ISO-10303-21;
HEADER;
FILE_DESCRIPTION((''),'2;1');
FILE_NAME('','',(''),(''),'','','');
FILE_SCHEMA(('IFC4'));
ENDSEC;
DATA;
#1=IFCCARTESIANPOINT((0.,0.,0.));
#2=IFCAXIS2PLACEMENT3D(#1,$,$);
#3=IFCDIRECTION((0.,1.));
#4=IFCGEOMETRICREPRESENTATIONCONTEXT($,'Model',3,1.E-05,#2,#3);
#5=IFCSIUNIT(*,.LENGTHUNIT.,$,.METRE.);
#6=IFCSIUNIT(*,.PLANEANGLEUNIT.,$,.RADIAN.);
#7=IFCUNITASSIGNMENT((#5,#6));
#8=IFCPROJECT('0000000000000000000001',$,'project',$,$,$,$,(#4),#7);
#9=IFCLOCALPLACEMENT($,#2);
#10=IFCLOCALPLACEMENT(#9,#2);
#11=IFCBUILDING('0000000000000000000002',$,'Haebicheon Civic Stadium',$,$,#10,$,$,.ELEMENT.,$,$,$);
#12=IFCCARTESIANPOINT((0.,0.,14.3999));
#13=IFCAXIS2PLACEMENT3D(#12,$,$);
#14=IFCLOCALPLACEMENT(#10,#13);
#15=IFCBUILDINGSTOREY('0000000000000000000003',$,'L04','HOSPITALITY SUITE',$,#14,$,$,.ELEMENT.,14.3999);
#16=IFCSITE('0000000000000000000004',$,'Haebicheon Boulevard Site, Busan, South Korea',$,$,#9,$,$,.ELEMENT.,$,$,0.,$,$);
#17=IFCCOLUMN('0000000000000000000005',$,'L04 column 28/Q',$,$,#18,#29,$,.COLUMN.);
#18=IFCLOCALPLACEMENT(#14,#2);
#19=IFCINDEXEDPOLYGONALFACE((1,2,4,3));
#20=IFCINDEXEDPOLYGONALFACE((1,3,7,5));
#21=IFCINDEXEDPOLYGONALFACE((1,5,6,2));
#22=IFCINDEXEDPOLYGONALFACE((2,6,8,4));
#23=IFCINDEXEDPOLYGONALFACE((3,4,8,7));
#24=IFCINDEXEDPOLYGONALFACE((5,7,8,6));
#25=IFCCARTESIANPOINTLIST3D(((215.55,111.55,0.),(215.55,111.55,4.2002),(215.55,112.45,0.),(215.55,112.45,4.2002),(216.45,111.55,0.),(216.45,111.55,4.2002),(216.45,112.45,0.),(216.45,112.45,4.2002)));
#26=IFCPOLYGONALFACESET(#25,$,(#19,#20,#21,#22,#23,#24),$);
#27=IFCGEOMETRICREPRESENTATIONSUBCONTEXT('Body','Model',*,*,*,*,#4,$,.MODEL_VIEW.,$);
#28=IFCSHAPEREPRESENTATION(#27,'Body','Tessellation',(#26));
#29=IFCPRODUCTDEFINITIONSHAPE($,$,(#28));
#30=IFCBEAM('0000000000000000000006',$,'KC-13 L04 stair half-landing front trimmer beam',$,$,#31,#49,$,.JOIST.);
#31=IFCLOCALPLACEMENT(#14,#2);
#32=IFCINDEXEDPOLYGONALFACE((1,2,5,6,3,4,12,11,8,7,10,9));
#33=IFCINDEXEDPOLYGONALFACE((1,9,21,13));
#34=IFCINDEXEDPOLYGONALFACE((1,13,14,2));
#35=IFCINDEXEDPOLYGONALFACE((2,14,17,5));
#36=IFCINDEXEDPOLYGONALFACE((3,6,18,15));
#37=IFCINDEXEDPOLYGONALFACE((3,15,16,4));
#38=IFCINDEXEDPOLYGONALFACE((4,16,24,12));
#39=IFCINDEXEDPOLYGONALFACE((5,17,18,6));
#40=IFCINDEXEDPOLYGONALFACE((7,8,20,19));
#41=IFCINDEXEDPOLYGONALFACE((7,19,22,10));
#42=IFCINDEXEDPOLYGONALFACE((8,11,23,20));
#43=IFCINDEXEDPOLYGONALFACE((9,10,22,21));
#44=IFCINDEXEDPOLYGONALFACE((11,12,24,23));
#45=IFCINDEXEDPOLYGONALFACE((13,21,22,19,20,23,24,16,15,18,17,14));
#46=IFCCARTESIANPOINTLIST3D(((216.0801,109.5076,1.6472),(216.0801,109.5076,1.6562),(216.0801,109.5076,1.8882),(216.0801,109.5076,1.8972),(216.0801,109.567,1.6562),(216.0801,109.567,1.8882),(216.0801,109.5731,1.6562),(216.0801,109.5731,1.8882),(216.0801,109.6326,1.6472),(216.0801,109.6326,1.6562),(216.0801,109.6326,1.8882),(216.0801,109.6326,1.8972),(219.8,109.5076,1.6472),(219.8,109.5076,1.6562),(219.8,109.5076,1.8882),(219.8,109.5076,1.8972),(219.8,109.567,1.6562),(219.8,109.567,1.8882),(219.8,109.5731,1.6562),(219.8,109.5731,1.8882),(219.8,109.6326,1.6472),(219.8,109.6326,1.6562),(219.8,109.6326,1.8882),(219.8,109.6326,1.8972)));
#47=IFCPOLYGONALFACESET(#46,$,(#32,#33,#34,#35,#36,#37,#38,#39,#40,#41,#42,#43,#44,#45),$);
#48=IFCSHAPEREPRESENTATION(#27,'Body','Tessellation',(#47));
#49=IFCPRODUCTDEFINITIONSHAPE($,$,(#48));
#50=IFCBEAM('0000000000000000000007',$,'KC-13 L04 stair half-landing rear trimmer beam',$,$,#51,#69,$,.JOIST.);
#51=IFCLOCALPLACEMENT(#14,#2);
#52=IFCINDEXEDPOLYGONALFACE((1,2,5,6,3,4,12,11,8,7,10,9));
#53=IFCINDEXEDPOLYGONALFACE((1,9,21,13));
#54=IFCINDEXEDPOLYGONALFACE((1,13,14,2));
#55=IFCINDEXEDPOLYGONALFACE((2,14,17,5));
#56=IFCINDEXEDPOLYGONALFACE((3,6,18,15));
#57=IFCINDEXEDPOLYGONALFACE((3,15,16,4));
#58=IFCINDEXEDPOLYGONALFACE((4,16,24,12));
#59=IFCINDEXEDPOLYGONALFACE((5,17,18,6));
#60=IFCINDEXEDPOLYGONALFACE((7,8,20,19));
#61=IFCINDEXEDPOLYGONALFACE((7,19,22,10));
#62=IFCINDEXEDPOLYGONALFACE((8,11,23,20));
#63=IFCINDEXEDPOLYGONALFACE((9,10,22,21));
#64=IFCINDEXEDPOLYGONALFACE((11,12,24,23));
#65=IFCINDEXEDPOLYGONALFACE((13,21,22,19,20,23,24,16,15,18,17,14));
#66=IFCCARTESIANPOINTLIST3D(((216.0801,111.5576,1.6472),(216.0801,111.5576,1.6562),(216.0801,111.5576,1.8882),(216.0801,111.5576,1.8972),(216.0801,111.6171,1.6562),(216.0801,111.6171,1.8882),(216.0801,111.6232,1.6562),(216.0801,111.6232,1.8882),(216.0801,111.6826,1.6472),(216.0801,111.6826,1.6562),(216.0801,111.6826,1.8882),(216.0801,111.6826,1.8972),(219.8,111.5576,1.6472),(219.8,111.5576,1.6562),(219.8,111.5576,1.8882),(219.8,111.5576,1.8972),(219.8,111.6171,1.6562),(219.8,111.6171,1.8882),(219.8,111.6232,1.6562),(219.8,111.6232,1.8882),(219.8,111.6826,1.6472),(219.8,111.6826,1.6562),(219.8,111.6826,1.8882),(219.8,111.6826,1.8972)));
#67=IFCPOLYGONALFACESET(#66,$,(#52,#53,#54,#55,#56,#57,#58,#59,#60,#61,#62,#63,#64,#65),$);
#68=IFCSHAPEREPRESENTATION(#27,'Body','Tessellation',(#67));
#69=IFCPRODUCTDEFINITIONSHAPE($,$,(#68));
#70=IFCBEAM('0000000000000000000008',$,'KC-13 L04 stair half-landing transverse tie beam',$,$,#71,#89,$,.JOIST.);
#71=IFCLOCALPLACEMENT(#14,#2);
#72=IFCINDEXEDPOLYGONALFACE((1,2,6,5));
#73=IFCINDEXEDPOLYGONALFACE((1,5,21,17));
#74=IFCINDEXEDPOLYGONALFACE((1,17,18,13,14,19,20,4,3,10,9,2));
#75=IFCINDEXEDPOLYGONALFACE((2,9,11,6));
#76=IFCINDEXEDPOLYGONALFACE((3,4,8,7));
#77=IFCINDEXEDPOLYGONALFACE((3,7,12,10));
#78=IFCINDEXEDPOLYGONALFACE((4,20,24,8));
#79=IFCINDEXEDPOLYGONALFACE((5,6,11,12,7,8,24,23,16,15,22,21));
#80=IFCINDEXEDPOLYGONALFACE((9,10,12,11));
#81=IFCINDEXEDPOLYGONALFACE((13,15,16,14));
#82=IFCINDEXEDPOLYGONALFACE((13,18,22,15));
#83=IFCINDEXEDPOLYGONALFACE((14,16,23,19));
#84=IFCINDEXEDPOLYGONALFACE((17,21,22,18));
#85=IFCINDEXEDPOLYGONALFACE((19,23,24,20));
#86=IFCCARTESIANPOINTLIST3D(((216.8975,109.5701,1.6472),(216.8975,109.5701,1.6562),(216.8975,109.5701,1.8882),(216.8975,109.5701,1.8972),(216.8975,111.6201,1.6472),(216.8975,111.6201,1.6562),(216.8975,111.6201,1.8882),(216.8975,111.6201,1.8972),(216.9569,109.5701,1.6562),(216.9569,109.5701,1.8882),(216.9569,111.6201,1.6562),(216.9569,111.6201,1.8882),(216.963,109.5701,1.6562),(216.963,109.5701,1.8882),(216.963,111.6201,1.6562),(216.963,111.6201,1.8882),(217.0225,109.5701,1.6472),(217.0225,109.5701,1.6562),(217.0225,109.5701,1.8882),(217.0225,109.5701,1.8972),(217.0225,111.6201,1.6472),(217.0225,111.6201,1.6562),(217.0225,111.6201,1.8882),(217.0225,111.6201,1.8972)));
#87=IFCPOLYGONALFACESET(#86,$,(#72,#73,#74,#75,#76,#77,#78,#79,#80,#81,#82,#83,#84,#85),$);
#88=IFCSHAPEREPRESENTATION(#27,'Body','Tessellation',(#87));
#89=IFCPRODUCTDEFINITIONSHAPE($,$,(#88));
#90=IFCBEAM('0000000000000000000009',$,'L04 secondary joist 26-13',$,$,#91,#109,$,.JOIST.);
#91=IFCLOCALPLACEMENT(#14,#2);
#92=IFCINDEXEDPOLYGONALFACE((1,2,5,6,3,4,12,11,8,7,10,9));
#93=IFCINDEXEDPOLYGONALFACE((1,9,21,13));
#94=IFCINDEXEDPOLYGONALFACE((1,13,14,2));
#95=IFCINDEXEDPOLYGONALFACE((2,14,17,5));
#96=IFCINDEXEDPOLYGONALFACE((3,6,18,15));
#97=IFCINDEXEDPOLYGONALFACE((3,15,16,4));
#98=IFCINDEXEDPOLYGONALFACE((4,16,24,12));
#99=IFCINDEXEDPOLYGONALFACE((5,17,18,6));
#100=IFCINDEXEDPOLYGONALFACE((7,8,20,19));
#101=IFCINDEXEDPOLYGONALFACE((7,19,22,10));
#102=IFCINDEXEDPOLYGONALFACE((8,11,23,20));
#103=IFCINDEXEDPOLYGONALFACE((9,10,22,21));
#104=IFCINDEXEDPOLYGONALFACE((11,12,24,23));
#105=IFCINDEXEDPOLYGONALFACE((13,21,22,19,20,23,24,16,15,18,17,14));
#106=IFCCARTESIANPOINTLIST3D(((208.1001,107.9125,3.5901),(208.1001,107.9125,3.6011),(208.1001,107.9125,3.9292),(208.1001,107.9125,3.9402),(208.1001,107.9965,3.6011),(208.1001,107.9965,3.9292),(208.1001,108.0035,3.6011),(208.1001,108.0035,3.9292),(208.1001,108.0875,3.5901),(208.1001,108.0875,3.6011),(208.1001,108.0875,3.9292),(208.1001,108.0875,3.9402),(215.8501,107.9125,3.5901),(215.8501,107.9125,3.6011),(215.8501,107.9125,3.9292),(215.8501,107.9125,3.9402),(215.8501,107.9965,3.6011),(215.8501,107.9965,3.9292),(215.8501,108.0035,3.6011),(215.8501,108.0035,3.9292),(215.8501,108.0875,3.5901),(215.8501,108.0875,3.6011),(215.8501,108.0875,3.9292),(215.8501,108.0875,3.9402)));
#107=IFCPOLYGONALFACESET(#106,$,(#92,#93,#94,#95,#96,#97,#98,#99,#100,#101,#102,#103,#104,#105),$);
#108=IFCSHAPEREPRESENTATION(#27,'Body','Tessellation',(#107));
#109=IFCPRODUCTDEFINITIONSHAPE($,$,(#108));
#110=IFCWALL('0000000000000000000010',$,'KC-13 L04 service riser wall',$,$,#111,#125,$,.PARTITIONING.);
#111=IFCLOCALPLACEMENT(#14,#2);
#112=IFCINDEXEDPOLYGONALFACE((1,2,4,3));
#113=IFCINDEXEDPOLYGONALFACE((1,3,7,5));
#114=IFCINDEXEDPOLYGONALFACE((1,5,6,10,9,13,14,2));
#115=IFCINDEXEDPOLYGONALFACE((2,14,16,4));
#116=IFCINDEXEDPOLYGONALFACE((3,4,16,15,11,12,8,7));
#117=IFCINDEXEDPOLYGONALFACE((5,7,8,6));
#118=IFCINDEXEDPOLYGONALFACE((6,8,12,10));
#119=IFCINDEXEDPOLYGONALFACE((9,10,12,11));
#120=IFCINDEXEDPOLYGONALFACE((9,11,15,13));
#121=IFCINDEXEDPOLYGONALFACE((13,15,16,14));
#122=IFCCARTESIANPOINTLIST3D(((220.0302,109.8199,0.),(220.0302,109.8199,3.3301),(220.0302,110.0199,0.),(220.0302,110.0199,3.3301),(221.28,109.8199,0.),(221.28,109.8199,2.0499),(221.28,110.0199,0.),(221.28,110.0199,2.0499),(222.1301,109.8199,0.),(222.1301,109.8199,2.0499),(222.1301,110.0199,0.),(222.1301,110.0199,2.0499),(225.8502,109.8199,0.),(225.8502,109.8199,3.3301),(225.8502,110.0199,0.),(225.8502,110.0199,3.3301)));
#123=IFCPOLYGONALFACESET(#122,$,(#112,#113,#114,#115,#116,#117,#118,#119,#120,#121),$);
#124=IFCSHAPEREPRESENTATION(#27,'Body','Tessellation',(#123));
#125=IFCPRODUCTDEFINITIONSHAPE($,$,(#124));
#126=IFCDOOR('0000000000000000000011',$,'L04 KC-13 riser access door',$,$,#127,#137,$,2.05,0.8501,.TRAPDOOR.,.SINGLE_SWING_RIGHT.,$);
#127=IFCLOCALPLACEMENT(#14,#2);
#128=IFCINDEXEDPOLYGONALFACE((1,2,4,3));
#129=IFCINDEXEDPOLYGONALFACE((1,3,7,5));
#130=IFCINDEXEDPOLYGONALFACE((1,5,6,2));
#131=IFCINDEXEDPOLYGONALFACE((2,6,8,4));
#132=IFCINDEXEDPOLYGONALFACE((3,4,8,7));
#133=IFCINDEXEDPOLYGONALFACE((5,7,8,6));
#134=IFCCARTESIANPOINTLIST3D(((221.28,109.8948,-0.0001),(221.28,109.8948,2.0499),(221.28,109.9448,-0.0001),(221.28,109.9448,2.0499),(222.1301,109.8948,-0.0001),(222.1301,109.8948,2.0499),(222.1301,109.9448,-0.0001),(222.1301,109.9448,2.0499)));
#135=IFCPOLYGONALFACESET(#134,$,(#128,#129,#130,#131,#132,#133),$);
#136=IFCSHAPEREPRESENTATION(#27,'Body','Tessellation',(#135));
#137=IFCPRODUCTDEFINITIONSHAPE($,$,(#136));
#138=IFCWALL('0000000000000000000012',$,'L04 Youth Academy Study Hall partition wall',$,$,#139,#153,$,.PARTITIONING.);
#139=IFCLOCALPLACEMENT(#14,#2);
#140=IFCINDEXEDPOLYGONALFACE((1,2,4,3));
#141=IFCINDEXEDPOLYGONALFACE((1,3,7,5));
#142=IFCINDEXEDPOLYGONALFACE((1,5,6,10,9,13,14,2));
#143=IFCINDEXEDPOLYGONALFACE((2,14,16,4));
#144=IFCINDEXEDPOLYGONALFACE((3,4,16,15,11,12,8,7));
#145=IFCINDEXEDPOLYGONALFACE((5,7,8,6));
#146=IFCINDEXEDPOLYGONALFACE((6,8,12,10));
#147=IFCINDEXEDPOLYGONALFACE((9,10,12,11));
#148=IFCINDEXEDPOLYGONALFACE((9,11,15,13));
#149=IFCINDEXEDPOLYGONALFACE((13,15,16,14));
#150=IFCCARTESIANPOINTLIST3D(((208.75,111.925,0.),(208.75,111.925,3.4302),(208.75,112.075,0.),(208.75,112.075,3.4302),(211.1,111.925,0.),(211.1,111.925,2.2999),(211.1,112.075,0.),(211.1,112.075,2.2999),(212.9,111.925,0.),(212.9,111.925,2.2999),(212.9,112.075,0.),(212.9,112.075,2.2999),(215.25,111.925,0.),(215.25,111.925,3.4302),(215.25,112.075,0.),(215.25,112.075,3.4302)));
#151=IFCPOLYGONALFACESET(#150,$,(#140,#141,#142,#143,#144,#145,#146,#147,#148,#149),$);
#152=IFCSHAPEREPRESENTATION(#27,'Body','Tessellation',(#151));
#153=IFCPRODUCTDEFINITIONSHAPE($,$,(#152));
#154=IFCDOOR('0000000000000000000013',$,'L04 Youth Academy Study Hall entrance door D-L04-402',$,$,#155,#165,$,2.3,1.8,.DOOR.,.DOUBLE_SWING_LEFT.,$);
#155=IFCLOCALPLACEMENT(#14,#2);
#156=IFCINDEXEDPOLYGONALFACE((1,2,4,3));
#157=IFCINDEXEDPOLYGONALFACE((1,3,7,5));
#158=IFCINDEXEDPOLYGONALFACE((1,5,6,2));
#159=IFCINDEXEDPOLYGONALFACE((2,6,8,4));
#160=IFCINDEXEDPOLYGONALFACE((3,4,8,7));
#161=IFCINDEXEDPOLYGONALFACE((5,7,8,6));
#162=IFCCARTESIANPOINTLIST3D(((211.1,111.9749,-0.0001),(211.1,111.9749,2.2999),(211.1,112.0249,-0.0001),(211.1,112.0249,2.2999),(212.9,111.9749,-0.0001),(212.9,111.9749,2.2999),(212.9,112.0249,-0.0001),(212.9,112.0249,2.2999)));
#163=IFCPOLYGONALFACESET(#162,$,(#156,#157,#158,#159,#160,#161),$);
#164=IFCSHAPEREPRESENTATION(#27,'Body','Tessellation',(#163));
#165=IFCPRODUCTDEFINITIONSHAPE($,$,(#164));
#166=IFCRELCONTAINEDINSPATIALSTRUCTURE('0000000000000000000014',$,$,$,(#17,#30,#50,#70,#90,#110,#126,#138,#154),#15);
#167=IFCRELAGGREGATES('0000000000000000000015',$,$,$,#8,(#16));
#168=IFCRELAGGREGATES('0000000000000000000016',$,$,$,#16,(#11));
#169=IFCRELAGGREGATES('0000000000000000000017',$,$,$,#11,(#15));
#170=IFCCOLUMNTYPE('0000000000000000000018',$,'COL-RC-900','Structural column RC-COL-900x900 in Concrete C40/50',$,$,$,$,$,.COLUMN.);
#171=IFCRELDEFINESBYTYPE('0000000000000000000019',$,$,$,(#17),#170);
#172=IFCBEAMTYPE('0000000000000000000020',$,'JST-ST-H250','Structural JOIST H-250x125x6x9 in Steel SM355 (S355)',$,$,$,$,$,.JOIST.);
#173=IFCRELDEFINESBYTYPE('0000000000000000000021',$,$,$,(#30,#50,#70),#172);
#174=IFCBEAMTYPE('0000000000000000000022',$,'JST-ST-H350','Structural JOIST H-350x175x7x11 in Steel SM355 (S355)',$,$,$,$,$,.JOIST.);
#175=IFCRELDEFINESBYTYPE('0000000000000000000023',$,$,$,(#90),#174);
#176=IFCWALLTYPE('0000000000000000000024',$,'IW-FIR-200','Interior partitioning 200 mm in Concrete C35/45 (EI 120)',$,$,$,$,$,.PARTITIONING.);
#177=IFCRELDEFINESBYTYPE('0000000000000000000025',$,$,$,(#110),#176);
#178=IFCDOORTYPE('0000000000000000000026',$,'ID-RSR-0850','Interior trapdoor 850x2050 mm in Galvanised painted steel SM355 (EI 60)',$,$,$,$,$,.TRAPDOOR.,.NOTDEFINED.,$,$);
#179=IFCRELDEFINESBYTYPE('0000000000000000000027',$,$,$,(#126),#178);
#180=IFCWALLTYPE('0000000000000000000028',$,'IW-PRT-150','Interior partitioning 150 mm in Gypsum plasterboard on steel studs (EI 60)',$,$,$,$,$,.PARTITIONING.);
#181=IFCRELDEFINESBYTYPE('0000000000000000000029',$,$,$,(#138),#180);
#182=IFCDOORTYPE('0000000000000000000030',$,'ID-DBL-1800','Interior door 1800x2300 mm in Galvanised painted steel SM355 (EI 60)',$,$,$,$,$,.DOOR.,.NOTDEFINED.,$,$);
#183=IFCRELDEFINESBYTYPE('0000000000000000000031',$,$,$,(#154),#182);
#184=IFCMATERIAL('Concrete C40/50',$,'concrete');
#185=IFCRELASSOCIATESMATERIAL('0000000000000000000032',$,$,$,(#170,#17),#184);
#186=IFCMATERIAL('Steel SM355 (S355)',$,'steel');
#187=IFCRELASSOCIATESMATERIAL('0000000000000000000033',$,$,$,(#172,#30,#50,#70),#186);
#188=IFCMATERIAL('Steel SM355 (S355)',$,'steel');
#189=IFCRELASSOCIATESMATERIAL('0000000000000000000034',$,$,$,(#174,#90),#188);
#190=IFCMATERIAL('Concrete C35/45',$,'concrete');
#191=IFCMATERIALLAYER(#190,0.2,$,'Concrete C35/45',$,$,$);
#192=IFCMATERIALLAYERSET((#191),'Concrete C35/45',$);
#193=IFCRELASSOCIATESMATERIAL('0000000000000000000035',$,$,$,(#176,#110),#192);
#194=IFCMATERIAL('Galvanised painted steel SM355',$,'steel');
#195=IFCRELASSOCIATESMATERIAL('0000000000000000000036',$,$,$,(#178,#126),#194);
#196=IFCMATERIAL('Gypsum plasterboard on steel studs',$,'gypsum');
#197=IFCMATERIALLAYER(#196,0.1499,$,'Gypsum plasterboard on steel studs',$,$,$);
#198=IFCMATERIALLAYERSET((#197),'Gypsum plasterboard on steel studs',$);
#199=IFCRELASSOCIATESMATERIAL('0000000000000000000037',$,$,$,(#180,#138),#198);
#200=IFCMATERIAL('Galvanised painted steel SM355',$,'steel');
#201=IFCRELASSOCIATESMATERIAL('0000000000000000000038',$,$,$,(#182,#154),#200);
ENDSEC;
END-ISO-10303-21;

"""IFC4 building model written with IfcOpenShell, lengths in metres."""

from ifc_helpers import new_model, si_unit, direction, frame, frame_2d, origin, origin_2d, place, context, subcontext, project, spatial, rectangle, i_section, extrude, material, layer, layer_set, material_profile, profile_set, type_object, element, fill, save


model = new_model("IFC4")

# Units and contexts
model_context = context("Model", 3, precision=1e-05, world=origin(), true_north=direction((0.0, 1.0)))
body_context = subcontext(model_context, "Body", "Model", "MODEL_VIEW")
ifc_project = project(units=[si_unit("LENGTHUNIT", "METRE"), si_unit("PLANEANGLEUNIT", "RADIAN")], contexts=[model_context])

# Site, building, storey
site_placement = place(None, origin())
site = spatial("IfcSite", under=ifc_project, at=site_placement, Name="Haebicheon Boulevard Site, Busan, South Korea", CompositionType="ELEMENT", RefElevation=0.0)
building_placement = place(site_placement, origin())
building = spatial("IfcBuilding", under=site, at=building_placement, Name="Haebicheon Civic Stadium", CompositionType="ELEMENT")
storey_placement = place(building_placement, frame((0.0, 0.0, 14.3999)))
storey = spatial("IfcBuildingStorey", under=building, at=storey_placement, Name="L04", Description="HOSPITALITY SUITE", CompositionType="ELEMENT", Elevation=14.3999)

# Column
ifc_material_1 = material(Name="Concrete C40/50", Category="concrete")
ifc_material_profile_1 = material_profile(ifc_material_1, rectangle(XDim=0.8999, YDim=0.8999, at=origin_2d()), Name="RC-COL-900x900")
ifc_profile_set_1 = profile_set([ifc_material_profile_1], Name="Concrete C40/50")
column_type = type_object("IfcColumnType", Name="COL-RC-900", Description="Structural column RC-COL-900x900 in Concrete C40/50", PredefinedType="COLUMN", material=ifc_profile_set_1)
column_placement = place(storey_placement, frame((216.0, 112.0, 0.0), z_axis=(0.0, 0.0, 1.0), x_axis=(1.0, 0.0, 0.0)))
element("IfcColumn", 1, at=column_placement, inside=storey, type_object=column_type, material=ifc_profile_set_1, Name="L04 column 28/Q", PredefinedType="COLUMN", context=body_context, shape_type="SweptSolid", body=[
    extrude(rectangle(XDim=0.8999, YDim=0.8999, at=origin_2d()), origin(), (0.0, 0.0, 1.0), 4.2002),
])

# Beams
ifc_material_2 = material(Name="Steel SM355 (S355)", Category="steel")
ifc_material_profile_2 = material_profile(ifc_material_2, i_section(OverallWidth=0.125, OverallDepth=0.25, WebThickness=0.0061, FlangeThickness=0.009, at=origin_2d()), Name="H-250x125x6x9")
ifc_profile_set_2 = profile_set([ifc_material_profile_2], Name="Steel SM355 (S355)")
beam_type_1 = type_object("IfcBeamType", Name="JST-ST-H250", Description="Structural JOIST H-250x125x6x9 in Steel SM355 (S355)", PredefinedType="JOIST", material=ifc_profile_set_2)
for number, where, z_axis, x_axis, name in (
    (2, (216.0801, 109.5701, 1.7722), (1.0, 0.0, 0.0), (0.0, 1.0, 0.0), "KC-13 L04 stair half-landing front trimmer beam"),
    (3, (216.0801, 111.6201, 1.7722), (1.0, 0.0, 0.0), (0.0, 1.0, 0.0), "KC-13 L04 stair half-landing rear trimmer beam"),
):
    element("IfcBeam", number, at=place(storey_placement, frame(where, z_axis=z_axis, x_axis=x_axis)), inside=storey, type_object=beam_type_1, material=ifc_profile_set_2, Name=name, PredefinedType="JOIST", context=body_context, shape_type="SweptSolid", body=[
        extrude(i_section(OverallWidth=0.125, OverallDepth=0.25, WebThickness=0.0061, FlangeThickness=0.009, at=origin_2d()), origin(), (0.0, 0.0, 1.0), 3.72),
    ])
beam_1_placement = place(storey_placement, frame((216.96, 109.5701, 1.7722), z_axis=(0.0, 1.0, 0.0), x_axis=(-1.0, 0.0, 0.0)))
element("IfcBeam", 4, at=beam_1_placement, inside=storey, type_object=beam_type_1, material=ifc_profile_set_2, Name="KC-13 L04 stair half-landing transverse tie beam", PredefinedType="JOIST", context=body_context, shape_type="SweptSolid", body=[
    extrude(i_section(OverallWidth=0.125, OverallDepth=0.25, WebThickness=0.0061, FlangeThickness=0.009, at=origin_2d()), origin(), (0.0, 0.0, 1.0), 2.05),
])
ifc_material_3 = material(Name="Steel SM355 (S355)", Category="steel")
ifc_material_profile_3 = material_profile(ifc_material_3, i_section(OverallWidth=0.175, OverallDepth=0.3501, WebThickness=0.0071, FlangeThickness=0.011, at=origin_2d()), Name="H-350x175x7x11")
ifc_profile_set_3 = profile_set([ifc_material_profile_3], Name="Steel SM355 (S355)")
beam_type_2 = type_object("IfcBeamType", Name="JST-ST-H350", Description="Structural JOIST H-350x175x7x11 in Steel SM355 (S355)", PredefinedType="JOIST", material=ifc_profile_set_3)
beam_2_placement = place(storey_placement, frame((208.1001, 108.0, 3.7651), z_axis=(1.0, 0.0, 0.0), x_axis=(0.0, 1.0, 0.0)))
element("IfcBeam", 5, at=beam_2_placement, inside=storey, type_object=beam_type_2, material=ifc_profile_set_3, Name="L04 secondary joist 26-13", PredefinedType="JOIST", context=body_context, shape_type="SweptSolid", body=[
    extrude(i_section(OverallWidth=0.175, OverallDepth=0.3501, WebThickness=0.0071, FlangeThickness=0.011, at=origin_2d()), origin(), (0.0, 0.0, 1.0), 7.75),
])

# Walls, openings, doors
ifc_material_4 = material(Name="Concrete C35/45", Category="concrete")
ifc_layer_1 = layer(ifc_material_4, 0.2, Name="Concrete C35/45")
ifc_layer_set_1 = layer_set([ifc_layer_1], Name="Concrete C35/45")
wall_type_1 = type_object("IfcWallType", Name="IW-FIR-200", Description="Interior partitioning 200 mm in Concrete C35/45 (EI 120)", PredefinedType="PARTITIONING", material=ifc_layer_set_1)
wall_1_placement = place(storey_placement, frame((220.03, 109.9199, 0.0), z_axis=(0.0, 0.0, 1.0), x_axis=(1.0, 0.0, 0.0)))
wall_1 = element("IfcWall", 6, at=wall_1_placement, inside=storey, type_object=wall_type_1, material=ifc_layer_set_1, Name="KC-13 L04 service riser wall", PredefinedType="PARTITIONING", context=body_context, shape_type="SweptSolid", body=[
    extrude(rectangle(XDim=5.8201, YDim=0.2, at=frame_2d((2.9102, 0.0))), origin(), (0.0, 0.0, 1.0), 3.3301),
])
opening_1_placement = place(wall_1_placement, frame((1.25, 0.0, 0.0)))
opening_1 = element("IfcOpeningElement", 7, at=opening_1_placement, cuts=wall_1, PredefinedType="OPENING", context=body_context, shape_type="SweptSolid", body=[
    extrude(rectangle(XDim=0.8501, YDim=2.05, at=frame_2d((0.425, 1.0249))), frame((0.0, 0.1099, 0.0), z_axis=(0.0, -1.0, 0.0), x_axis=(1.0, 0.0, 0.0)), (0.0, 0.0, 1.0), 0.22),
])
ifc_material_5 = material(Name="Galvanised painted steel SM355", Category="steel")
door_type_1 = type_object("IfcDoorType", Name="ID-RSR-0850", Description="Interior trapdoor 850x2050 mm in Galvanised painted steel SM355 (EI 60)", OperationType="NOTDEFINED", PredefinedType="TRAPDOOR", material=ifc_material_5)
door_1_placement = place(opening_1_placement, origin())
door_1 = element("IfcDoor", 8, at=door_1_placement, inside=storey, type_object=door_type_1, material=ifc_material_5, Name="L04 KC-13 riser access door", OperationType="SINGLE_SWING_RIGHT", OverallHeight=2.05, OverallWidth=0.8501, PredefinedType="TRAPDOOR", context=body_context, shape_type="SweptSolid", body=[
    extrude(rectangle(XDim=0.8501, YDim=2.05, at=frame_2d((0.425, 1.0249))), frame((0.0, 0.0249, 0.0), z_axis=(0.0, -1.0, 0.0), x_axis=(1.0, 0.0, 0.0)), (0.0, 0.0, 1.0), 0.05),
])
fill(opening_1, door_1)
ifc_material_6 = material(Name="Gypsum plasterboard on steel studs", Category="gypsum")
ifc_layer_2 = layer(ifc_material_6, 0.1499, Name="Gypsum plasterboard on steel studs")
ifc_layer_set_2 = layer_set([ifc_layer_2], Name="Gypsum plasterboard on steel studs")
wall_type_2 = type_object("IfcWallType", Name="IW-PRT-150", Description="Interior partitioning 150 mm in Gypsum plasterboard on steel studs (EI 60)", PredefinedType="PARTITIONING", material=ifc_layer_set_2)
wall_2_placement = place(storey_placement, frame((208.75, 112.0, 0.0), z_axis=(0.0, 0.0, 1.0), x_axis=(1.0, 0.0, 0.0)))
wall_2 = element("IfcWall", 9, at=wall_2_placement, inside=storey, type_object=wall_type_2, material=ifc_layer_set_2, Name="L04 Youth Academy Study Hall partition wall", PredefinedType="PARTITIONING", context=body_context, shape_type="SweptSolid", body=[
    extrude(rectangle(XDim=6.5, YDim=0.1499, at=frame_2d((3.25, 0.0))), origin(), (0.0, 0.0, 1.0), 3.4302),
])
opening_2_placement = place(wall_2_placement, frame((2.3501, 0.0, 0.0)))
opening_2 = element("IfcOpeningElement", 10, at=opening_2_placement, cuts=wall_2, PredefinedType="OPENING", context=body_context, shape_type="SweptSolid", body=[
    extrude(rectangle(XDim=1.8, YDim=2.3, at=frame_2d((0.8999, 1.1499))), frame((0.0, 0.085, 0.0), z_axis=(0.0, -1.0, 0.0), x_axis=(1.0, 0.0, 0.0)), (0.0, 0.0, 1.0), 0.1699),
])
ifc_material_7 = material(Name="Galvanised painted steel SM355", Category="steel")
door_type_2 = type_object("IfcDoorType", Name="ID-DBL-1800", Description="Interior door 1800x2300 mm in Galvanised painted steel SM355 (EI 60)", OperationType="NOTDEFINED", PredefinedType="DOOR", material=ifc_material_7)
door_2_placement = place(opening_2_placement, origin())
door_2 = element("IfcDoor", 11, at=door_2_placement, inside=storey, type_object=door_type_2, material=ifc_material_7, Name="L04 Youth Academy Study Hall entrance door D-L04-402", OperationType="DOUBLE_SWING_LEFT", OverallHeight=2.3, OverallWidth=1.8, PredefinedType="DOOR", context=body_context, shape_type="SweptSolid", body=[
    extrude(rectangle(XDim=1.8, YDim=2.3, at=frame_2d((0.8999, 1.1499))), frame((0.0, 0.0249, 0.0), z_axis=(0.0, -1.0, 0.0), x_axis=(1.0, 0.0, 0.0)), (0.0, 0.0, 1.0), 0.05),
])
fill(opening_2, door_2)

save(model, "model.ifc")
